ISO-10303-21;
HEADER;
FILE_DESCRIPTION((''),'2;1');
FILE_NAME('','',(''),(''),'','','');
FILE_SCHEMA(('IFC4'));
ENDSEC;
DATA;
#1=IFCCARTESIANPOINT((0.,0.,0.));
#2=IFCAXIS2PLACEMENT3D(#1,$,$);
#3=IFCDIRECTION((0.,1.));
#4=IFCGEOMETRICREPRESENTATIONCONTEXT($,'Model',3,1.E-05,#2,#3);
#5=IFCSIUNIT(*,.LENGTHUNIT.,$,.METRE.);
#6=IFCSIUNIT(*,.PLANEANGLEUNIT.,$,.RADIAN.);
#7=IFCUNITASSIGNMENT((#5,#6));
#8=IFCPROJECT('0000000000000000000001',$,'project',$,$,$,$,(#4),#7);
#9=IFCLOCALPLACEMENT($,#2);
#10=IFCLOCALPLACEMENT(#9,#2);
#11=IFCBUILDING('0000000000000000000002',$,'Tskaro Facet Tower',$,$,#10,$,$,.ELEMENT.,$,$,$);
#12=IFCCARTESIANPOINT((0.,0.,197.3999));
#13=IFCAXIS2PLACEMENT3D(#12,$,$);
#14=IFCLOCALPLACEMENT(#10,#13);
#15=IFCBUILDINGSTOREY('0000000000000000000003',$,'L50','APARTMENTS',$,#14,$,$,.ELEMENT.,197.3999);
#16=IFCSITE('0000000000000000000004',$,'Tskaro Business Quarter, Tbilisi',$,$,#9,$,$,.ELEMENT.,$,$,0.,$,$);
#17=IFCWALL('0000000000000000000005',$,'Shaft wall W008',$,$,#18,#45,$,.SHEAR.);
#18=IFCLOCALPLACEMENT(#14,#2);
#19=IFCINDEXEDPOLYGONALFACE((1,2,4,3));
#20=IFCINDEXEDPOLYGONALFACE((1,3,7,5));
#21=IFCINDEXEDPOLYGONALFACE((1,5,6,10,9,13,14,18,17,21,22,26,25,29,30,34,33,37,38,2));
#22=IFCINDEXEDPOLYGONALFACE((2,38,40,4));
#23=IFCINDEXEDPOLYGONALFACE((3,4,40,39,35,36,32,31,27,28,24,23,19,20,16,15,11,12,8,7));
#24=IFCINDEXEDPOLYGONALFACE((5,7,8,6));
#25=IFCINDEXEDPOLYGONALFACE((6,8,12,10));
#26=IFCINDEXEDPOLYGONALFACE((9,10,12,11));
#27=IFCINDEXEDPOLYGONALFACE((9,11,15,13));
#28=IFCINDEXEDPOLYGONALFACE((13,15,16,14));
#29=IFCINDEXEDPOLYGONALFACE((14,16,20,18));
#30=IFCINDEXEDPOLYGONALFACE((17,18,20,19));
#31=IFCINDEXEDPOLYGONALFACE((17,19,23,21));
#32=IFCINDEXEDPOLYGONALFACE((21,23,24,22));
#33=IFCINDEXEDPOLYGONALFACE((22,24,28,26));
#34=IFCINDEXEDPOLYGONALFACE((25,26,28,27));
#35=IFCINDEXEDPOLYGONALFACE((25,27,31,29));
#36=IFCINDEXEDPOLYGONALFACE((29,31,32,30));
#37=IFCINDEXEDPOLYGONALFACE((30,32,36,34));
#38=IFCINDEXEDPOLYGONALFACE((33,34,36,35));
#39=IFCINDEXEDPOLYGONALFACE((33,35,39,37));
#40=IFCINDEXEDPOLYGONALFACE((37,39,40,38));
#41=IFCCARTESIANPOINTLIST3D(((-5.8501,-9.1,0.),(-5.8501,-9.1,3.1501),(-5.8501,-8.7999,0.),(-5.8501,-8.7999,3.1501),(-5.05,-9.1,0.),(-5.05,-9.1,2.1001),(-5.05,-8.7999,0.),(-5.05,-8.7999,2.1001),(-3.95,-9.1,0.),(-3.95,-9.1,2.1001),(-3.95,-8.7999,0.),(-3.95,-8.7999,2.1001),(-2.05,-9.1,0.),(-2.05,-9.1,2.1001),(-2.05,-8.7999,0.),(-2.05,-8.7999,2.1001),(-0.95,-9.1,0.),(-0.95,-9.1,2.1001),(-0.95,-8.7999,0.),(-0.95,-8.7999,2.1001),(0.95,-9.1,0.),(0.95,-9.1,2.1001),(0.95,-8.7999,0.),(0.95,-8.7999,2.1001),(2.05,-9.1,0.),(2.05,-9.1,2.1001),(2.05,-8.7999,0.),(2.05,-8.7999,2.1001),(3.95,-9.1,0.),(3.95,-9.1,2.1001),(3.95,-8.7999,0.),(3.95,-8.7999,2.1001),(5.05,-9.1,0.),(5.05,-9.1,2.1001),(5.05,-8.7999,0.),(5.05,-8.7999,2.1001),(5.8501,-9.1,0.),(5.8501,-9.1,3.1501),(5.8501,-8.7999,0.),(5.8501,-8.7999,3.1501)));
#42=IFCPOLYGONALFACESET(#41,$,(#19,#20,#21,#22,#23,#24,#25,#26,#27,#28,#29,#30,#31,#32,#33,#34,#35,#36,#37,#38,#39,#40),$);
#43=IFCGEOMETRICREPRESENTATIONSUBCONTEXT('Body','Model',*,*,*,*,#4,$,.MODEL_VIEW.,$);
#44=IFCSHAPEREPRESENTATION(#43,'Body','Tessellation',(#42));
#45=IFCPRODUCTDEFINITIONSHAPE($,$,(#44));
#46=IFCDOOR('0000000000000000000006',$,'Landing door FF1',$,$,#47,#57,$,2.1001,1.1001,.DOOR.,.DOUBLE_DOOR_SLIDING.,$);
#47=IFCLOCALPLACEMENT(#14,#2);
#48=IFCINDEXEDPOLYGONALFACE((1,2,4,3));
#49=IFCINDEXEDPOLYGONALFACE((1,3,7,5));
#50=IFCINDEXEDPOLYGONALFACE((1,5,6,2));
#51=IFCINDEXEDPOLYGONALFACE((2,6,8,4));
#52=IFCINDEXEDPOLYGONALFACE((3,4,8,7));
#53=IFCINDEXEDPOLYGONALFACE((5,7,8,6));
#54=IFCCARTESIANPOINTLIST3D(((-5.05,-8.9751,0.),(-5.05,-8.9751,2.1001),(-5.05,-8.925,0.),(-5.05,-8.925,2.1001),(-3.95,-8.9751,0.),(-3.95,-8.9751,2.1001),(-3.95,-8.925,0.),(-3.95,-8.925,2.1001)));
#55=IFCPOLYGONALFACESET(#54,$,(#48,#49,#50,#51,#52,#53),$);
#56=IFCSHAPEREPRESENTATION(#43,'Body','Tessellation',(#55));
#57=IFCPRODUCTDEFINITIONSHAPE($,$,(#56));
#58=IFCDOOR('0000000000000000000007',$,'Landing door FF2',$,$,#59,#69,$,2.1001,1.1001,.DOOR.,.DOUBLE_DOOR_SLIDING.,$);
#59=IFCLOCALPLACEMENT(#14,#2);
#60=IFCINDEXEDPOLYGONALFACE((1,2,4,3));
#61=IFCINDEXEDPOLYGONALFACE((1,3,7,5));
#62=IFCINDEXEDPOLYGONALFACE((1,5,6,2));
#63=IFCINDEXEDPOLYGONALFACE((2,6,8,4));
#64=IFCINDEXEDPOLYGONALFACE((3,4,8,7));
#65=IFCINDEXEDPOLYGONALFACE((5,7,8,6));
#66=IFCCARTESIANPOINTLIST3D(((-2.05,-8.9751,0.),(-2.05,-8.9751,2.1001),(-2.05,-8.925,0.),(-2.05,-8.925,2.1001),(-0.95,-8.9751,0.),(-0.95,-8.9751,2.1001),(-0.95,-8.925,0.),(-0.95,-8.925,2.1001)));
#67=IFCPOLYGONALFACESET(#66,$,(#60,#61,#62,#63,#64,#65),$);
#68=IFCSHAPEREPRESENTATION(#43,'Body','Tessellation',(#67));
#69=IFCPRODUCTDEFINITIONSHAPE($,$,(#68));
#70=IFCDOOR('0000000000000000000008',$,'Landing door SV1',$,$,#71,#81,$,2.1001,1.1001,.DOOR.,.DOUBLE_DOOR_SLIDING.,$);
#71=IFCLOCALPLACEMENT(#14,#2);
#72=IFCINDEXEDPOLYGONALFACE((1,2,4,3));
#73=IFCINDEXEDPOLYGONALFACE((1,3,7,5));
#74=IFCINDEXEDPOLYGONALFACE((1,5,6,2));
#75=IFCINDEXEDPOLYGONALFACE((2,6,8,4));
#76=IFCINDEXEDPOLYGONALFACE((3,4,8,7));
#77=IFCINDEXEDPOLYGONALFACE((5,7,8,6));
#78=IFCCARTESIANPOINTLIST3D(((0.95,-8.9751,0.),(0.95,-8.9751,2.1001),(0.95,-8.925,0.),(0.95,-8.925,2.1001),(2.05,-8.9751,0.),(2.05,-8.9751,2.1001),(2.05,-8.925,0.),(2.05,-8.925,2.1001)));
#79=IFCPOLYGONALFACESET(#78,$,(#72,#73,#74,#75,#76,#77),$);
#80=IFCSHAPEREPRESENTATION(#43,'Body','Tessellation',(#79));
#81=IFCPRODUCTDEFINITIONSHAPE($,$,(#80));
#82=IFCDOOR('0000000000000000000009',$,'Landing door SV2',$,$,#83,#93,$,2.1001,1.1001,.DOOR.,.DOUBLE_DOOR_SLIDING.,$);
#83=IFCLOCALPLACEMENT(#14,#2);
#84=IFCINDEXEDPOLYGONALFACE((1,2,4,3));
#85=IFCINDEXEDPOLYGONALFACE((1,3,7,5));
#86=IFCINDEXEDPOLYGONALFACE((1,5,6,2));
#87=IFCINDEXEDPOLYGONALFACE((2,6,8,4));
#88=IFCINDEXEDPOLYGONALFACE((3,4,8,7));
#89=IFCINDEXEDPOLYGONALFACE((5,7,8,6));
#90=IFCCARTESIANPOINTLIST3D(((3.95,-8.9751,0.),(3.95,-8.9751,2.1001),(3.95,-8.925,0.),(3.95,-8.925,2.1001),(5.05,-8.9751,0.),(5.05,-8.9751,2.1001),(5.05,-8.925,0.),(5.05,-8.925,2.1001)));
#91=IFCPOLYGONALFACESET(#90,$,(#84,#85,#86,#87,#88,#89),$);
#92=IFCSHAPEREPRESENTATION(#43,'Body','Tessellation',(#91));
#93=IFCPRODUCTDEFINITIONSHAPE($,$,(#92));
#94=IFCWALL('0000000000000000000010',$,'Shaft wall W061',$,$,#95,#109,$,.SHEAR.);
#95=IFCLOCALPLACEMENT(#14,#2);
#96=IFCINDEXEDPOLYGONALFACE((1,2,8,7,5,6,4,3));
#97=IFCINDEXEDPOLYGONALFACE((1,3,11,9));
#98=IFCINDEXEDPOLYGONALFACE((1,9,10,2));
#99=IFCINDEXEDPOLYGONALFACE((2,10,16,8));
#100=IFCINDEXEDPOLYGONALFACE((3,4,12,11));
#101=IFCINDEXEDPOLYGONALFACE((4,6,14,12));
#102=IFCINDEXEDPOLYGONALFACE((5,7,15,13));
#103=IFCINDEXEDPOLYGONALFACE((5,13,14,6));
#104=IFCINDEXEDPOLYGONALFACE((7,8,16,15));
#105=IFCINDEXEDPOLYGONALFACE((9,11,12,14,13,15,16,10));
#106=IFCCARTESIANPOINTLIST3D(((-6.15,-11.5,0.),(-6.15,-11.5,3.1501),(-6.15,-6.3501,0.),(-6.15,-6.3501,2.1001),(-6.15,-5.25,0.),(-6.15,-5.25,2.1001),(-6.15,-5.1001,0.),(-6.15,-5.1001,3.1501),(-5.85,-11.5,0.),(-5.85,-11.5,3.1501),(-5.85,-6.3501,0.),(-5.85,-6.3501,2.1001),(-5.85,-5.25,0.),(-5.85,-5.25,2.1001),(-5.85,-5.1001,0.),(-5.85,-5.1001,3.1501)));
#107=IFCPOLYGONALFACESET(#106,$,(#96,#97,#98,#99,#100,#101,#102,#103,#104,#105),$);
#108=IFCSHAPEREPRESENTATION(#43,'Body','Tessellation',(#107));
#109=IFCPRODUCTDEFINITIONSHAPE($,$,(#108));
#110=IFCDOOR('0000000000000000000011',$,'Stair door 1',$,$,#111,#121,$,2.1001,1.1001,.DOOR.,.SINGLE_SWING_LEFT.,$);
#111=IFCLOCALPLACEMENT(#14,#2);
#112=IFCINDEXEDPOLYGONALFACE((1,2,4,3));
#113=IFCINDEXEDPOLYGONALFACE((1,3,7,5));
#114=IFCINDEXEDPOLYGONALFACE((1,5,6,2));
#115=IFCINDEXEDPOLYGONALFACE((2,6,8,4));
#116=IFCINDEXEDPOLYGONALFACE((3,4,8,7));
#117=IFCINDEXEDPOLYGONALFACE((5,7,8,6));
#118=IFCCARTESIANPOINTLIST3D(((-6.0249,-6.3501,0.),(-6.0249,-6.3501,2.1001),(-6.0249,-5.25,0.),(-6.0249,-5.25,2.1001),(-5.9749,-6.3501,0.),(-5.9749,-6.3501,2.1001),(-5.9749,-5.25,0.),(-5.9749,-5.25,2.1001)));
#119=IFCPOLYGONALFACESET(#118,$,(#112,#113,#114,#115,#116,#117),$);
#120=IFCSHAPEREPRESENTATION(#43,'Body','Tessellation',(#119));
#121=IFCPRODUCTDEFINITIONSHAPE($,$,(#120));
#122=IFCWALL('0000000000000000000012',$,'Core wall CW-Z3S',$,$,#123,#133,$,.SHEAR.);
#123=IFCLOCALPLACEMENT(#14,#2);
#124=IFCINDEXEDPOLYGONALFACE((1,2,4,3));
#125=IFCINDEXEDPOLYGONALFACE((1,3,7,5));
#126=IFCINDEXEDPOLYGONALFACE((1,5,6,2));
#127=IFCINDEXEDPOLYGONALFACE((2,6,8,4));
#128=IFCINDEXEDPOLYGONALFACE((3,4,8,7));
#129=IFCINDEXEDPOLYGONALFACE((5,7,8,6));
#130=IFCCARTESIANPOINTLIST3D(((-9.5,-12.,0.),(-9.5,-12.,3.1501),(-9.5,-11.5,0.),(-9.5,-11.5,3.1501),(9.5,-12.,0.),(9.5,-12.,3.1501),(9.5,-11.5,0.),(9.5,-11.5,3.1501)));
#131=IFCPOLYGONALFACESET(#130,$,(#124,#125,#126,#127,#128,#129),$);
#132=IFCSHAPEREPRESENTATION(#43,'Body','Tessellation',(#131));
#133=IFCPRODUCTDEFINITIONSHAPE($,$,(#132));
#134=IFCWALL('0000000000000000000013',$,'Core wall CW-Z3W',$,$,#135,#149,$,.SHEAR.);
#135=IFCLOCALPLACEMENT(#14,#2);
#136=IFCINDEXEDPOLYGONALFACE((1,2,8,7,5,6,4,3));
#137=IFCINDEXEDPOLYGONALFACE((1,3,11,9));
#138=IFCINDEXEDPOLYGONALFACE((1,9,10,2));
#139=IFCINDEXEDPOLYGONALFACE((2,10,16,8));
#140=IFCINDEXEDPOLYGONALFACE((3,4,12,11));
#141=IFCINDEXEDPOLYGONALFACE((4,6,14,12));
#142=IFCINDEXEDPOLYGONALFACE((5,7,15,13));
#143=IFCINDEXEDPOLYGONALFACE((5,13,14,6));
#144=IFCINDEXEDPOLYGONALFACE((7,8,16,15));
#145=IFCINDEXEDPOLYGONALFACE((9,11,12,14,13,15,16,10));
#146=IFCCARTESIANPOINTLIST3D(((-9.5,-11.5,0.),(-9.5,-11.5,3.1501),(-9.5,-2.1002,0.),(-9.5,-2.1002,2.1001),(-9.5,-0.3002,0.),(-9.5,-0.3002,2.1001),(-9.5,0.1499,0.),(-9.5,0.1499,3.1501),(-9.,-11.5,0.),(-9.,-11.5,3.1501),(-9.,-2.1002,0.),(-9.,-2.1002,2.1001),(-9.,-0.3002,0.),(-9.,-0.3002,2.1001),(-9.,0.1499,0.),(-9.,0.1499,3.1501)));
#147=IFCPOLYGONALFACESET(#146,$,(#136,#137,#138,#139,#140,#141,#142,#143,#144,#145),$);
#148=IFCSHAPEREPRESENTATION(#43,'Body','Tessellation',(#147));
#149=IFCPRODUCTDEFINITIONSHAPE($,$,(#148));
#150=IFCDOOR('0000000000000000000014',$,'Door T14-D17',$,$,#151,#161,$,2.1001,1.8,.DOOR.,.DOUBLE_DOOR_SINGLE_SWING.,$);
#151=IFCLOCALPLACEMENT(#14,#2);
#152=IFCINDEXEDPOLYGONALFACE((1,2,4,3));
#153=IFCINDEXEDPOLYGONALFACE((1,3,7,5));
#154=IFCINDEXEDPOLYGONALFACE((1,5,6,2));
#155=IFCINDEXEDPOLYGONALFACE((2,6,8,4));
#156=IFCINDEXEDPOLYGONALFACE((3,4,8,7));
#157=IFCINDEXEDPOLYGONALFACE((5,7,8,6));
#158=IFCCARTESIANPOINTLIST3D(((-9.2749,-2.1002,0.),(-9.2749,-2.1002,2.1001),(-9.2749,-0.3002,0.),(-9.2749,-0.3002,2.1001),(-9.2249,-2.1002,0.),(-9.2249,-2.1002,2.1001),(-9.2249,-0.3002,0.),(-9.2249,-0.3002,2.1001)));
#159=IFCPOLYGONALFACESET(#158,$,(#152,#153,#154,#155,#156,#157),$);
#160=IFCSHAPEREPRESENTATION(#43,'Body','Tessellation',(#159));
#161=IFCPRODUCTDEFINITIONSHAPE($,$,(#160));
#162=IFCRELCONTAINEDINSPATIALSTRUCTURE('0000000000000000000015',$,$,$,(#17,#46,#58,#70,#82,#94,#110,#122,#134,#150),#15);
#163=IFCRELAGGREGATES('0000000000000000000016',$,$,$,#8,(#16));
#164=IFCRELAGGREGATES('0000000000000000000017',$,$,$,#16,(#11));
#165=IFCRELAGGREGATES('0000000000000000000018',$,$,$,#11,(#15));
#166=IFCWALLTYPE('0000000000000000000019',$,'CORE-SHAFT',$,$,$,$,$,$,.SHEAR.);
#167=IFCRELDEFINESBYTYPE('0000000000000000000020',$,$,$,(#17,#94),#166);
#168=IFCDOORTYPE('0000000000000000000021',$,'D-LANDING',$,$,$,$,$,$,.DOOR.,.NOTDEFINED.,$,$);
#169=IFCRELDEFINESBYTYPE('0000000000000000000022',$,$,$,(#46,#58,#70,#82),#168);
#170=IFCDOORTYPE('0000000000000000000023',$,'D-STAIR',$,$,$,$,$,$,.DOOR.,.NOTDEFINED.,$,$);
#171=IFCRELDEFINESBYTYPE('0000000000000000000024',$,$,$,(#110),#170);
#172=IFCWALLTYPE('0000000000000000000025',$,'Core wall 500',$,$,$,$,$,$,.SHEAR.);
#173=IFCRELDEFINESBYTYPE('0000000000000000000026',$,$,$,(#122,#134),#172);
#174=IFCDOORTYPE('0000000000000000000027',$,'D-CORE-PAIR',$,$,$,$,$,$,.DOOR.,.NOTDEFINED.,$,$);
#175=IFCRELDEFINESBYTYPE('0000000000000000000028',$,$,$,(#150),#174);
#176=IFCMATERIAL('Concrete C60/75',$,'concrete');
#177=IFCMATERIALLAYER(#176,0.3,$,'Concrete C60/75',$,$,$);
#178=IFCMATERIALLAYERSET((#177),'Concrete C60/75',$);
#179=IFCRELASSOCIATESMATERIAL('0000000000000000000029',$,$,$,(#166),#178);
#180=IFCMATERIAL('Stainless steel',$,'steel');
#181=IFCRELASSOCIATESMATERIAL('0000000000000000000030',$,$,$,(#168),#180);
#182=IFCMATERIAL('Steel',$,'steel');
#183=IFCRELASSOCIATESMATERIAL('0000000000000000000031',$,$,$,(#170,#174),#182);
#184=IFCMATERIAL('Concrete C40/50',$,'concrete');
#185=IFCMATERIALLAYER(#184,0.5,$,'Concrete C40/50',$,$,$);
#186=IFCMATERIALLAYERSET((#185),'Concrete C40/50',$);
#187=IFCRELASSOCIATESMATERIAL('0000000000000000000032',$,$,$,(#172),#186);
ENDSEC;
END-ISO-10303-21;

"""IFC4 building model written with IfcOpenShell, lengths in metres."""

from ifc_helpers import new_model, si_unit, direction, frame, frame_2d, origin, place, context, subcontext, project, spatial, rectangle, extrude, material, layer, layer_set, type_object, element, fill, save


model = new_model("IFC4")

# Units and contexts
model_context = context("Model", 3, precision=1e-05, world=origin(), true_north=direction((0.0, 1.0)))
body_context = subcontext(model_context, "Body", "Model", "MODEL_VIEW")
ifc_project = project(units=[si_unit("LENGTHUNIT", "METRE"), si_unit("PLANEANGLEUNIT", "RADIAN")], contexts=[model_context])

# Site, building, storey
site_placement = place(None, origin())
site = spatial("IfcSite", under=ifc_project, at=site_placement, Name="Tskaro Business Quarter, Tbilisi", CompositionType="ELEMENT", RefElevation=0.0)
building_placement = place(site_placement, origin())
building = spatial("IfcBuilding", under=site, at=building_placement, Name="Tskaro Facet Tower", CompositionType="ELEMENT")
storey_placement = place(building_placement, frame((0.0, 0.0, 197.3999)))
storey = spatial("IfcBuildingStorey", under=building, at=storey_placement, Name="L50", Description="APARTMENTS", CompositionType="ELEMENT", Elevation=197.3999)

# Wall, openings, doors
ifc_material_1 = material(Name="Concrete C60/75", Category="concrete")
ifc_layer_1 = layer(ifc_material_1, 0.3, Name="Concrete C60/75")
ifc_layer_set_1 = layer_set([ifc_layer_1], Name="Concrete C60/75")
wall_type_1 = type_object("IfcWallType", Name="CORE-SHAFT", PredefinedType="SHEAR", material=ifc_layer_set_1)
wall_1_placement = place(storey_placement, frame((-5.8501, -8.95, 0.0), z_axis=(0.0, 0.0, 1.0), x_axis=(1.0, 0.0, 0.0)))
wall_1 = element("IfcWall", 1, at=wall_1_placement, inside=storey, type_object=wall_type_1, Name="Shaft wall W008", PredefinedType="SHEAR", context=body_context, shape_type="SweptSolid", body=[
    extrude(rectangle(XDim=11.7002, YDim=0.3, at=frame_2d((5.8501, 0.0))), origin(), (0.0, 0.0, 1.0), 3.1501),
])
opening_1_placement = place(wall_1_placement, frame((0.8, 0.0, 0.0)))
opening_1 = element("IfcOpeningElement", 2, at=opening_1_placement, cuts=wall_1, PredefinedType="OPENING", context=body_context, shape_type="SweptSolid", body=[
    extrude(rectangle(XDim=1.1001, YDim=2.1001, at=frame_2d((0.55, 1.05))), frame((0.0, 0.1599, 0.0), z_axis=(0.0, -1.0, 0.0), x_axis=(1.0, 0.0, 0.0)), (0.0, 0.0, 1.0), 0.3201),
])
opening_2_placement = place(wall_1_placement, frame((3.8, 0.0, 0.0)))
opening_2 = element("IfcOpeningElement", 3, at=opening_2_placement, cuts=wall_1, PredefinedType="OPENING", context=body_context, shape_type="SweptSolid", body=[
    extrude(rectangle(XDim=1.1001, YDim=2.1001, at=frame_2d((0.55, 1.05))), frame((0.0, 0.1599, 0.0), z_axis=(0.0, -1.0, 0.0), x_axis=(1.0, 0.0, 0.0)), (0.0, 0.0, 1.0), 0.3201),
])
opening_3_placement = place(wall_1_placement, frame((6.8, 0.0, 0.0)))
opening_3 = element("IfcOpeningElement", 4, at=opening_3_placement, cuts=wall_1, PredefinedType="OPENING", context=body_context, shape_type="SweptSolid", body=[
    extrude(rectangle(XDim=1.1001, YDim=2.1001, at=frame_2d((0.55, 1.05))), frame((0.0, 0.1599, 0.0), z_axis=(0.0, -1.0, 0.0), x_axis=(1.0, 0.0, 0.0)), (0.0, 0.0, 1.0), 0.3201),
])
opening_4_placement = place(wall_1_placement, frame((9.8, 0.0, 0.0)))
opening_4 = element("IfcOpeningElement", 5, at=opening_4_placement, cuts=wall_1, PredefinedType="OPENING", context=body_context, shape_type="SweptSolid", body=[
    extrude(rectangle(XDim=1.1001, YDim=2.1001, at=frame_2d((0.55, 1.05))), frame((0.0, 0.1599, 0.0), z_axis=(0.0, -1.0, 0.0), x_axis=(1.0, 0.0, 0.0)), (0.0, 0.0, 1.0), 0.3201),
])
ifc_material_2 = material(Name="Stainless steel", Category="steel")
door_type_1 = type_object("IfcDoorType", Name="D-LANDING", OperationType="NOTDEFINED", PredefinedType="DOOR", material=ifc_material_2)
door_1_placement = place(opening_1_placement, origin())
door_1 = element("IfcDoor", 6, at=door_1_placement, inside=storey, type_object=door_type_1, Name="Landing door FF1", OperationType="DOUBLE_DOOR_SLIDING", OverallHeight=2.1001, OverallWidth=1.1001, PredefinedType="DOOR", context=body_context, shape_type="SweptSolid", body=[
    extrude(rectangle(XDim=1.1001, YDim=2.1001, at=frame_2d((0.55, 1.05))), frame((0.0, 0.0249, 0.0), z_axis=(0.0, -1.0, 0.0), x_axis=(1.0, 0.0, 0.0)), (0.0, 0.0, 1.0), 0.05),
])
fill(opening_1, door_1)
door_2_placement = place(opening_2_placement, origin())
door_2 = element("IfcDoor", 7, at=door_2_placement, inside=storey, type_object=door_type_1, Name="Landing door FF2", OperationType="DOUBLE_DOOR_SLIDING", OverallHeight=2.1001, OverallWidth=1.1001, PredefinedType="DOOR", context=body_context, shape_type="SweptSolid", body=[
    extrude(rectangle(XDim=1.1001, YDim=2.1001, at=frame_2d((0.55, 1.05))), frame((0.0, 0.0249, 0.0), z_axis=(0.0, -1.0, 0.0), x_axis=(1.0, 0.0, 0.0)), (0.0, 0.0, 1.0), 0.05),
])
fill(opening_2, door_2)
door_3_placement = place(opening_3_placement, origin())
door_3 = element("IfcDoor", 8, at=door_3_placement, inside=storey, type_object=door_type_1, Name="Landing door SV1", OperationType="DOUBLE_DOOR_SLIDING", OverallHeight=2.1001, OverallWidth=1.1001, PredefinedType="DOOR", context=body_context, shape_type="SweptSolid", body=[
    extrude(rectangle(XDim=1.1001, YDim=2.1001, at=frame_2d((0.55, 1.05))), frame((0.0, 0.0249, 0.0), z_axis=(0.0, -1.0, 0.0), x_axis=(1.0, 0.0, 0.0)), (0.0, 0.0, 1.0), 0.05),
])
fill(opening_3, door_3)
door_4_placement = place(opening_4_placement, origin())
door_4 = element("IfcDoor", 9, at=door_4_placement, inside=storey, type_object=door_type_1, Name="Landing door SV2", OperationType="DOUBLE_DOOR_SLIDING", OverallHeight=2.1001, OverallWidth=1.1001, PredefinedType="DOOR", context=body_context, shape_type="SweptSolid", body=[
    extrude(rectangle(XDim=1.1001, YDim=2.1001, at=frame_2d((0.55, 1.05))), frame((0.0, 0.0249, 0.0), z_axis=(0.0, -1.0, 0.0), x_axis=(1.0, 0.0, 0.0)), (0.0, 0.0, 1.0), 0.05),
])
fill(opening_4, door_4)

# Wall, opening, door
wall_2_placement = place(storey_placement, frame((-6.0, -11.5, 0.0), z_axis=(0.0, 0.0, 1.0), x_axis=(0.0, 1.0, 0.0)))
wall_2 = element("IfcWall", 10, at=wall_2_placement, inside=storey, type_object=wall_type_1, Name="Shaft wall W061", PredefinedType="SHEAR", context=body_context, shape_type="SweptSolid", body=[
    extrude(rectangle(XDim=6.3999, YDim=0.3, at=frame_2d((3.2, 0.0))), origin(), (0.0, 0.0, 1.0), 3.1501),
])
opening_5_placement = place(wall_2_placement, frame((5.1499, 0.0, 0.0)))
opening_5 = element("IfcOpeningElement", 11, at=opening_5_placement, cuts=wall_2, PredefinedType="OPENING", context=body_context, shape_type="SweptSolid", body=[
    extrude(rectangle(XDim=1.1001, YDim=2.1001, at=frame_2d((0.55, 1.05))), frame((0.0, 0.1599, 0.0), z_axis=(0.0, -1.0, 0.0), x_axis=(1.0, 0.0, 0.0)), (0.0, 0.0, 1.0), 0.3201),
])
ifc_material_3 = material(Name="Steel", Category="steel")
door_type_2 = type_object("IfcDoorType", Name="D-STAIR", OperationType="NOTDEFINED", PredefinedType="DOOR", material=ifc_material_3)
door_5_placement = place(opening_5_placement, origin())
door_5 = element("IfcDoor", 12, at=door_5_placement, inside=storey, type_object=door_type_2, Name="Stair door 1", OperationType="SINGLE_SWING_LEFT", OverallHeight=2.1001, OverallWidth=1.1001, PredefinedType="DOOR", context=body_context, shape_type="SweptSolid", body=[
    extrude(rectangle(XDim=1.1001, YDim=2.1001, at=frame_2d((0.55, 1.05))), frame((0.0, 0.0249, 0.0), z_axis=(0.0, -1.0, 0.0), x_axis=(1.0, 0.0, 0.0)), (0.0, 0.0, 1.0), 0.05),
])
fill(opening_5, door_5)

# Wall
ifc_material_4 = material(Name="Concrete C40/50", Category="concrete")
ifc_layer_2 = layer(ifc_material_4, 0.5, Name="Concrete C40/50")
ifc_layer_set_2 = layer_set([ifc_layer_2], Name="Concrete C40/50")
wall_type_2 = type_object("IfcWallType", Name="Core wall 500", PredefinedType="SHEAR", material=ifc_layer_set_2)
wall_3_placement = place(storey_placement, frame((-9.5, -11.75, 0.0), z_axis=(0.0, 0.0, 1.0), x_axis=(1.0, 0.0, 0.0)))
element("IfcWall", 13, at=wall_3_placement, inside=storey, type_object=wall_type_2, Name="Core wall CW-Z3S", PredefinedType="SHEAR", context=body_context, shape_type="SweptSolid", body=[
    extrude(rectangle(XDim=19.0, YDim=0.5, at=frame_2d((9.5, 0.0))), origin(), (0.0, 0.0, 1.0), 3.1501),
])

# Wall, opening, door
wall_4_placement = place(storey_placement, frame((-9.25, -11.5, 0.0), z_axis=(0.0, 0.0, 1.0), x_axis=(0.0, 1.0, 0.0)))
wall_4 = element("IfcWall", 14, at=wall_4_placement, inside=storey, type_object=wall_type_2, Name="Core wall CW-Z3W", PredefinedType="SHEAR", context=body_context, shape_type="SweptSolid", body=[
    extrude(rectangle(XDim=11.6499, YDim=0.5, at=frame_2d((5.825, 0.0))), origin(), (0.0, 0.0, 1.0), 3.1501),
])
opening_6_placement = place(wall_4_placement, frame((9.3999, 0.0, 0.0)))
opening_6 = element("IfcOpeningElement", 15, at=opening_6_placement, cuts=wall_4, PredefinedType="OPENING", context=body_context, shape_type="SweptSolid", body=[
    extrude(rectangle(XDim=1.8, YDim=2.1001, at=frame_2d((0.8999, 1.05))), frame((0.0, 0.26, 0.0), z_axis=(0.0, -1.0, 0.0), x_axis=(1.0, 0.0, 0.0)), (0.0, 0.0, 1.0), 0.52),
])
door_type_3 = type_object("IfcDoorType", Name="D-CORE-PAIR", OperationType="NOTDEFINED", PredefinedType="DOOR", material=ifc_material_3)
door_6_placement = place(opening_6_placement, origin())
door_6 = element("IfcDoor", 16, at=door_6_placement, inside=storey, type_object=door_type_3, Name="Door T14-D17", OperationType="DOUBLE_DOOR_SINGLE_SWING", OverallHeight=2.1001, OverallWidth=1.8, PredefinedType="DOOR", context=body_context, shape_type="SweptSolid", body=[
    extrude(rectangle(XDim=1.8, YDim=2.1001, at=frame_2d((0.8999, 1.05))), frame((0.0, 0.0249, 0.0), z_axis=(0.0, -1.0, 0.0), x_axis=(1.0, 0.0, 0.0)), (0.0, 0.0, 1.0), 0.05),
])
fill(opening_6, door_6)

save(model, "model.ifc")
